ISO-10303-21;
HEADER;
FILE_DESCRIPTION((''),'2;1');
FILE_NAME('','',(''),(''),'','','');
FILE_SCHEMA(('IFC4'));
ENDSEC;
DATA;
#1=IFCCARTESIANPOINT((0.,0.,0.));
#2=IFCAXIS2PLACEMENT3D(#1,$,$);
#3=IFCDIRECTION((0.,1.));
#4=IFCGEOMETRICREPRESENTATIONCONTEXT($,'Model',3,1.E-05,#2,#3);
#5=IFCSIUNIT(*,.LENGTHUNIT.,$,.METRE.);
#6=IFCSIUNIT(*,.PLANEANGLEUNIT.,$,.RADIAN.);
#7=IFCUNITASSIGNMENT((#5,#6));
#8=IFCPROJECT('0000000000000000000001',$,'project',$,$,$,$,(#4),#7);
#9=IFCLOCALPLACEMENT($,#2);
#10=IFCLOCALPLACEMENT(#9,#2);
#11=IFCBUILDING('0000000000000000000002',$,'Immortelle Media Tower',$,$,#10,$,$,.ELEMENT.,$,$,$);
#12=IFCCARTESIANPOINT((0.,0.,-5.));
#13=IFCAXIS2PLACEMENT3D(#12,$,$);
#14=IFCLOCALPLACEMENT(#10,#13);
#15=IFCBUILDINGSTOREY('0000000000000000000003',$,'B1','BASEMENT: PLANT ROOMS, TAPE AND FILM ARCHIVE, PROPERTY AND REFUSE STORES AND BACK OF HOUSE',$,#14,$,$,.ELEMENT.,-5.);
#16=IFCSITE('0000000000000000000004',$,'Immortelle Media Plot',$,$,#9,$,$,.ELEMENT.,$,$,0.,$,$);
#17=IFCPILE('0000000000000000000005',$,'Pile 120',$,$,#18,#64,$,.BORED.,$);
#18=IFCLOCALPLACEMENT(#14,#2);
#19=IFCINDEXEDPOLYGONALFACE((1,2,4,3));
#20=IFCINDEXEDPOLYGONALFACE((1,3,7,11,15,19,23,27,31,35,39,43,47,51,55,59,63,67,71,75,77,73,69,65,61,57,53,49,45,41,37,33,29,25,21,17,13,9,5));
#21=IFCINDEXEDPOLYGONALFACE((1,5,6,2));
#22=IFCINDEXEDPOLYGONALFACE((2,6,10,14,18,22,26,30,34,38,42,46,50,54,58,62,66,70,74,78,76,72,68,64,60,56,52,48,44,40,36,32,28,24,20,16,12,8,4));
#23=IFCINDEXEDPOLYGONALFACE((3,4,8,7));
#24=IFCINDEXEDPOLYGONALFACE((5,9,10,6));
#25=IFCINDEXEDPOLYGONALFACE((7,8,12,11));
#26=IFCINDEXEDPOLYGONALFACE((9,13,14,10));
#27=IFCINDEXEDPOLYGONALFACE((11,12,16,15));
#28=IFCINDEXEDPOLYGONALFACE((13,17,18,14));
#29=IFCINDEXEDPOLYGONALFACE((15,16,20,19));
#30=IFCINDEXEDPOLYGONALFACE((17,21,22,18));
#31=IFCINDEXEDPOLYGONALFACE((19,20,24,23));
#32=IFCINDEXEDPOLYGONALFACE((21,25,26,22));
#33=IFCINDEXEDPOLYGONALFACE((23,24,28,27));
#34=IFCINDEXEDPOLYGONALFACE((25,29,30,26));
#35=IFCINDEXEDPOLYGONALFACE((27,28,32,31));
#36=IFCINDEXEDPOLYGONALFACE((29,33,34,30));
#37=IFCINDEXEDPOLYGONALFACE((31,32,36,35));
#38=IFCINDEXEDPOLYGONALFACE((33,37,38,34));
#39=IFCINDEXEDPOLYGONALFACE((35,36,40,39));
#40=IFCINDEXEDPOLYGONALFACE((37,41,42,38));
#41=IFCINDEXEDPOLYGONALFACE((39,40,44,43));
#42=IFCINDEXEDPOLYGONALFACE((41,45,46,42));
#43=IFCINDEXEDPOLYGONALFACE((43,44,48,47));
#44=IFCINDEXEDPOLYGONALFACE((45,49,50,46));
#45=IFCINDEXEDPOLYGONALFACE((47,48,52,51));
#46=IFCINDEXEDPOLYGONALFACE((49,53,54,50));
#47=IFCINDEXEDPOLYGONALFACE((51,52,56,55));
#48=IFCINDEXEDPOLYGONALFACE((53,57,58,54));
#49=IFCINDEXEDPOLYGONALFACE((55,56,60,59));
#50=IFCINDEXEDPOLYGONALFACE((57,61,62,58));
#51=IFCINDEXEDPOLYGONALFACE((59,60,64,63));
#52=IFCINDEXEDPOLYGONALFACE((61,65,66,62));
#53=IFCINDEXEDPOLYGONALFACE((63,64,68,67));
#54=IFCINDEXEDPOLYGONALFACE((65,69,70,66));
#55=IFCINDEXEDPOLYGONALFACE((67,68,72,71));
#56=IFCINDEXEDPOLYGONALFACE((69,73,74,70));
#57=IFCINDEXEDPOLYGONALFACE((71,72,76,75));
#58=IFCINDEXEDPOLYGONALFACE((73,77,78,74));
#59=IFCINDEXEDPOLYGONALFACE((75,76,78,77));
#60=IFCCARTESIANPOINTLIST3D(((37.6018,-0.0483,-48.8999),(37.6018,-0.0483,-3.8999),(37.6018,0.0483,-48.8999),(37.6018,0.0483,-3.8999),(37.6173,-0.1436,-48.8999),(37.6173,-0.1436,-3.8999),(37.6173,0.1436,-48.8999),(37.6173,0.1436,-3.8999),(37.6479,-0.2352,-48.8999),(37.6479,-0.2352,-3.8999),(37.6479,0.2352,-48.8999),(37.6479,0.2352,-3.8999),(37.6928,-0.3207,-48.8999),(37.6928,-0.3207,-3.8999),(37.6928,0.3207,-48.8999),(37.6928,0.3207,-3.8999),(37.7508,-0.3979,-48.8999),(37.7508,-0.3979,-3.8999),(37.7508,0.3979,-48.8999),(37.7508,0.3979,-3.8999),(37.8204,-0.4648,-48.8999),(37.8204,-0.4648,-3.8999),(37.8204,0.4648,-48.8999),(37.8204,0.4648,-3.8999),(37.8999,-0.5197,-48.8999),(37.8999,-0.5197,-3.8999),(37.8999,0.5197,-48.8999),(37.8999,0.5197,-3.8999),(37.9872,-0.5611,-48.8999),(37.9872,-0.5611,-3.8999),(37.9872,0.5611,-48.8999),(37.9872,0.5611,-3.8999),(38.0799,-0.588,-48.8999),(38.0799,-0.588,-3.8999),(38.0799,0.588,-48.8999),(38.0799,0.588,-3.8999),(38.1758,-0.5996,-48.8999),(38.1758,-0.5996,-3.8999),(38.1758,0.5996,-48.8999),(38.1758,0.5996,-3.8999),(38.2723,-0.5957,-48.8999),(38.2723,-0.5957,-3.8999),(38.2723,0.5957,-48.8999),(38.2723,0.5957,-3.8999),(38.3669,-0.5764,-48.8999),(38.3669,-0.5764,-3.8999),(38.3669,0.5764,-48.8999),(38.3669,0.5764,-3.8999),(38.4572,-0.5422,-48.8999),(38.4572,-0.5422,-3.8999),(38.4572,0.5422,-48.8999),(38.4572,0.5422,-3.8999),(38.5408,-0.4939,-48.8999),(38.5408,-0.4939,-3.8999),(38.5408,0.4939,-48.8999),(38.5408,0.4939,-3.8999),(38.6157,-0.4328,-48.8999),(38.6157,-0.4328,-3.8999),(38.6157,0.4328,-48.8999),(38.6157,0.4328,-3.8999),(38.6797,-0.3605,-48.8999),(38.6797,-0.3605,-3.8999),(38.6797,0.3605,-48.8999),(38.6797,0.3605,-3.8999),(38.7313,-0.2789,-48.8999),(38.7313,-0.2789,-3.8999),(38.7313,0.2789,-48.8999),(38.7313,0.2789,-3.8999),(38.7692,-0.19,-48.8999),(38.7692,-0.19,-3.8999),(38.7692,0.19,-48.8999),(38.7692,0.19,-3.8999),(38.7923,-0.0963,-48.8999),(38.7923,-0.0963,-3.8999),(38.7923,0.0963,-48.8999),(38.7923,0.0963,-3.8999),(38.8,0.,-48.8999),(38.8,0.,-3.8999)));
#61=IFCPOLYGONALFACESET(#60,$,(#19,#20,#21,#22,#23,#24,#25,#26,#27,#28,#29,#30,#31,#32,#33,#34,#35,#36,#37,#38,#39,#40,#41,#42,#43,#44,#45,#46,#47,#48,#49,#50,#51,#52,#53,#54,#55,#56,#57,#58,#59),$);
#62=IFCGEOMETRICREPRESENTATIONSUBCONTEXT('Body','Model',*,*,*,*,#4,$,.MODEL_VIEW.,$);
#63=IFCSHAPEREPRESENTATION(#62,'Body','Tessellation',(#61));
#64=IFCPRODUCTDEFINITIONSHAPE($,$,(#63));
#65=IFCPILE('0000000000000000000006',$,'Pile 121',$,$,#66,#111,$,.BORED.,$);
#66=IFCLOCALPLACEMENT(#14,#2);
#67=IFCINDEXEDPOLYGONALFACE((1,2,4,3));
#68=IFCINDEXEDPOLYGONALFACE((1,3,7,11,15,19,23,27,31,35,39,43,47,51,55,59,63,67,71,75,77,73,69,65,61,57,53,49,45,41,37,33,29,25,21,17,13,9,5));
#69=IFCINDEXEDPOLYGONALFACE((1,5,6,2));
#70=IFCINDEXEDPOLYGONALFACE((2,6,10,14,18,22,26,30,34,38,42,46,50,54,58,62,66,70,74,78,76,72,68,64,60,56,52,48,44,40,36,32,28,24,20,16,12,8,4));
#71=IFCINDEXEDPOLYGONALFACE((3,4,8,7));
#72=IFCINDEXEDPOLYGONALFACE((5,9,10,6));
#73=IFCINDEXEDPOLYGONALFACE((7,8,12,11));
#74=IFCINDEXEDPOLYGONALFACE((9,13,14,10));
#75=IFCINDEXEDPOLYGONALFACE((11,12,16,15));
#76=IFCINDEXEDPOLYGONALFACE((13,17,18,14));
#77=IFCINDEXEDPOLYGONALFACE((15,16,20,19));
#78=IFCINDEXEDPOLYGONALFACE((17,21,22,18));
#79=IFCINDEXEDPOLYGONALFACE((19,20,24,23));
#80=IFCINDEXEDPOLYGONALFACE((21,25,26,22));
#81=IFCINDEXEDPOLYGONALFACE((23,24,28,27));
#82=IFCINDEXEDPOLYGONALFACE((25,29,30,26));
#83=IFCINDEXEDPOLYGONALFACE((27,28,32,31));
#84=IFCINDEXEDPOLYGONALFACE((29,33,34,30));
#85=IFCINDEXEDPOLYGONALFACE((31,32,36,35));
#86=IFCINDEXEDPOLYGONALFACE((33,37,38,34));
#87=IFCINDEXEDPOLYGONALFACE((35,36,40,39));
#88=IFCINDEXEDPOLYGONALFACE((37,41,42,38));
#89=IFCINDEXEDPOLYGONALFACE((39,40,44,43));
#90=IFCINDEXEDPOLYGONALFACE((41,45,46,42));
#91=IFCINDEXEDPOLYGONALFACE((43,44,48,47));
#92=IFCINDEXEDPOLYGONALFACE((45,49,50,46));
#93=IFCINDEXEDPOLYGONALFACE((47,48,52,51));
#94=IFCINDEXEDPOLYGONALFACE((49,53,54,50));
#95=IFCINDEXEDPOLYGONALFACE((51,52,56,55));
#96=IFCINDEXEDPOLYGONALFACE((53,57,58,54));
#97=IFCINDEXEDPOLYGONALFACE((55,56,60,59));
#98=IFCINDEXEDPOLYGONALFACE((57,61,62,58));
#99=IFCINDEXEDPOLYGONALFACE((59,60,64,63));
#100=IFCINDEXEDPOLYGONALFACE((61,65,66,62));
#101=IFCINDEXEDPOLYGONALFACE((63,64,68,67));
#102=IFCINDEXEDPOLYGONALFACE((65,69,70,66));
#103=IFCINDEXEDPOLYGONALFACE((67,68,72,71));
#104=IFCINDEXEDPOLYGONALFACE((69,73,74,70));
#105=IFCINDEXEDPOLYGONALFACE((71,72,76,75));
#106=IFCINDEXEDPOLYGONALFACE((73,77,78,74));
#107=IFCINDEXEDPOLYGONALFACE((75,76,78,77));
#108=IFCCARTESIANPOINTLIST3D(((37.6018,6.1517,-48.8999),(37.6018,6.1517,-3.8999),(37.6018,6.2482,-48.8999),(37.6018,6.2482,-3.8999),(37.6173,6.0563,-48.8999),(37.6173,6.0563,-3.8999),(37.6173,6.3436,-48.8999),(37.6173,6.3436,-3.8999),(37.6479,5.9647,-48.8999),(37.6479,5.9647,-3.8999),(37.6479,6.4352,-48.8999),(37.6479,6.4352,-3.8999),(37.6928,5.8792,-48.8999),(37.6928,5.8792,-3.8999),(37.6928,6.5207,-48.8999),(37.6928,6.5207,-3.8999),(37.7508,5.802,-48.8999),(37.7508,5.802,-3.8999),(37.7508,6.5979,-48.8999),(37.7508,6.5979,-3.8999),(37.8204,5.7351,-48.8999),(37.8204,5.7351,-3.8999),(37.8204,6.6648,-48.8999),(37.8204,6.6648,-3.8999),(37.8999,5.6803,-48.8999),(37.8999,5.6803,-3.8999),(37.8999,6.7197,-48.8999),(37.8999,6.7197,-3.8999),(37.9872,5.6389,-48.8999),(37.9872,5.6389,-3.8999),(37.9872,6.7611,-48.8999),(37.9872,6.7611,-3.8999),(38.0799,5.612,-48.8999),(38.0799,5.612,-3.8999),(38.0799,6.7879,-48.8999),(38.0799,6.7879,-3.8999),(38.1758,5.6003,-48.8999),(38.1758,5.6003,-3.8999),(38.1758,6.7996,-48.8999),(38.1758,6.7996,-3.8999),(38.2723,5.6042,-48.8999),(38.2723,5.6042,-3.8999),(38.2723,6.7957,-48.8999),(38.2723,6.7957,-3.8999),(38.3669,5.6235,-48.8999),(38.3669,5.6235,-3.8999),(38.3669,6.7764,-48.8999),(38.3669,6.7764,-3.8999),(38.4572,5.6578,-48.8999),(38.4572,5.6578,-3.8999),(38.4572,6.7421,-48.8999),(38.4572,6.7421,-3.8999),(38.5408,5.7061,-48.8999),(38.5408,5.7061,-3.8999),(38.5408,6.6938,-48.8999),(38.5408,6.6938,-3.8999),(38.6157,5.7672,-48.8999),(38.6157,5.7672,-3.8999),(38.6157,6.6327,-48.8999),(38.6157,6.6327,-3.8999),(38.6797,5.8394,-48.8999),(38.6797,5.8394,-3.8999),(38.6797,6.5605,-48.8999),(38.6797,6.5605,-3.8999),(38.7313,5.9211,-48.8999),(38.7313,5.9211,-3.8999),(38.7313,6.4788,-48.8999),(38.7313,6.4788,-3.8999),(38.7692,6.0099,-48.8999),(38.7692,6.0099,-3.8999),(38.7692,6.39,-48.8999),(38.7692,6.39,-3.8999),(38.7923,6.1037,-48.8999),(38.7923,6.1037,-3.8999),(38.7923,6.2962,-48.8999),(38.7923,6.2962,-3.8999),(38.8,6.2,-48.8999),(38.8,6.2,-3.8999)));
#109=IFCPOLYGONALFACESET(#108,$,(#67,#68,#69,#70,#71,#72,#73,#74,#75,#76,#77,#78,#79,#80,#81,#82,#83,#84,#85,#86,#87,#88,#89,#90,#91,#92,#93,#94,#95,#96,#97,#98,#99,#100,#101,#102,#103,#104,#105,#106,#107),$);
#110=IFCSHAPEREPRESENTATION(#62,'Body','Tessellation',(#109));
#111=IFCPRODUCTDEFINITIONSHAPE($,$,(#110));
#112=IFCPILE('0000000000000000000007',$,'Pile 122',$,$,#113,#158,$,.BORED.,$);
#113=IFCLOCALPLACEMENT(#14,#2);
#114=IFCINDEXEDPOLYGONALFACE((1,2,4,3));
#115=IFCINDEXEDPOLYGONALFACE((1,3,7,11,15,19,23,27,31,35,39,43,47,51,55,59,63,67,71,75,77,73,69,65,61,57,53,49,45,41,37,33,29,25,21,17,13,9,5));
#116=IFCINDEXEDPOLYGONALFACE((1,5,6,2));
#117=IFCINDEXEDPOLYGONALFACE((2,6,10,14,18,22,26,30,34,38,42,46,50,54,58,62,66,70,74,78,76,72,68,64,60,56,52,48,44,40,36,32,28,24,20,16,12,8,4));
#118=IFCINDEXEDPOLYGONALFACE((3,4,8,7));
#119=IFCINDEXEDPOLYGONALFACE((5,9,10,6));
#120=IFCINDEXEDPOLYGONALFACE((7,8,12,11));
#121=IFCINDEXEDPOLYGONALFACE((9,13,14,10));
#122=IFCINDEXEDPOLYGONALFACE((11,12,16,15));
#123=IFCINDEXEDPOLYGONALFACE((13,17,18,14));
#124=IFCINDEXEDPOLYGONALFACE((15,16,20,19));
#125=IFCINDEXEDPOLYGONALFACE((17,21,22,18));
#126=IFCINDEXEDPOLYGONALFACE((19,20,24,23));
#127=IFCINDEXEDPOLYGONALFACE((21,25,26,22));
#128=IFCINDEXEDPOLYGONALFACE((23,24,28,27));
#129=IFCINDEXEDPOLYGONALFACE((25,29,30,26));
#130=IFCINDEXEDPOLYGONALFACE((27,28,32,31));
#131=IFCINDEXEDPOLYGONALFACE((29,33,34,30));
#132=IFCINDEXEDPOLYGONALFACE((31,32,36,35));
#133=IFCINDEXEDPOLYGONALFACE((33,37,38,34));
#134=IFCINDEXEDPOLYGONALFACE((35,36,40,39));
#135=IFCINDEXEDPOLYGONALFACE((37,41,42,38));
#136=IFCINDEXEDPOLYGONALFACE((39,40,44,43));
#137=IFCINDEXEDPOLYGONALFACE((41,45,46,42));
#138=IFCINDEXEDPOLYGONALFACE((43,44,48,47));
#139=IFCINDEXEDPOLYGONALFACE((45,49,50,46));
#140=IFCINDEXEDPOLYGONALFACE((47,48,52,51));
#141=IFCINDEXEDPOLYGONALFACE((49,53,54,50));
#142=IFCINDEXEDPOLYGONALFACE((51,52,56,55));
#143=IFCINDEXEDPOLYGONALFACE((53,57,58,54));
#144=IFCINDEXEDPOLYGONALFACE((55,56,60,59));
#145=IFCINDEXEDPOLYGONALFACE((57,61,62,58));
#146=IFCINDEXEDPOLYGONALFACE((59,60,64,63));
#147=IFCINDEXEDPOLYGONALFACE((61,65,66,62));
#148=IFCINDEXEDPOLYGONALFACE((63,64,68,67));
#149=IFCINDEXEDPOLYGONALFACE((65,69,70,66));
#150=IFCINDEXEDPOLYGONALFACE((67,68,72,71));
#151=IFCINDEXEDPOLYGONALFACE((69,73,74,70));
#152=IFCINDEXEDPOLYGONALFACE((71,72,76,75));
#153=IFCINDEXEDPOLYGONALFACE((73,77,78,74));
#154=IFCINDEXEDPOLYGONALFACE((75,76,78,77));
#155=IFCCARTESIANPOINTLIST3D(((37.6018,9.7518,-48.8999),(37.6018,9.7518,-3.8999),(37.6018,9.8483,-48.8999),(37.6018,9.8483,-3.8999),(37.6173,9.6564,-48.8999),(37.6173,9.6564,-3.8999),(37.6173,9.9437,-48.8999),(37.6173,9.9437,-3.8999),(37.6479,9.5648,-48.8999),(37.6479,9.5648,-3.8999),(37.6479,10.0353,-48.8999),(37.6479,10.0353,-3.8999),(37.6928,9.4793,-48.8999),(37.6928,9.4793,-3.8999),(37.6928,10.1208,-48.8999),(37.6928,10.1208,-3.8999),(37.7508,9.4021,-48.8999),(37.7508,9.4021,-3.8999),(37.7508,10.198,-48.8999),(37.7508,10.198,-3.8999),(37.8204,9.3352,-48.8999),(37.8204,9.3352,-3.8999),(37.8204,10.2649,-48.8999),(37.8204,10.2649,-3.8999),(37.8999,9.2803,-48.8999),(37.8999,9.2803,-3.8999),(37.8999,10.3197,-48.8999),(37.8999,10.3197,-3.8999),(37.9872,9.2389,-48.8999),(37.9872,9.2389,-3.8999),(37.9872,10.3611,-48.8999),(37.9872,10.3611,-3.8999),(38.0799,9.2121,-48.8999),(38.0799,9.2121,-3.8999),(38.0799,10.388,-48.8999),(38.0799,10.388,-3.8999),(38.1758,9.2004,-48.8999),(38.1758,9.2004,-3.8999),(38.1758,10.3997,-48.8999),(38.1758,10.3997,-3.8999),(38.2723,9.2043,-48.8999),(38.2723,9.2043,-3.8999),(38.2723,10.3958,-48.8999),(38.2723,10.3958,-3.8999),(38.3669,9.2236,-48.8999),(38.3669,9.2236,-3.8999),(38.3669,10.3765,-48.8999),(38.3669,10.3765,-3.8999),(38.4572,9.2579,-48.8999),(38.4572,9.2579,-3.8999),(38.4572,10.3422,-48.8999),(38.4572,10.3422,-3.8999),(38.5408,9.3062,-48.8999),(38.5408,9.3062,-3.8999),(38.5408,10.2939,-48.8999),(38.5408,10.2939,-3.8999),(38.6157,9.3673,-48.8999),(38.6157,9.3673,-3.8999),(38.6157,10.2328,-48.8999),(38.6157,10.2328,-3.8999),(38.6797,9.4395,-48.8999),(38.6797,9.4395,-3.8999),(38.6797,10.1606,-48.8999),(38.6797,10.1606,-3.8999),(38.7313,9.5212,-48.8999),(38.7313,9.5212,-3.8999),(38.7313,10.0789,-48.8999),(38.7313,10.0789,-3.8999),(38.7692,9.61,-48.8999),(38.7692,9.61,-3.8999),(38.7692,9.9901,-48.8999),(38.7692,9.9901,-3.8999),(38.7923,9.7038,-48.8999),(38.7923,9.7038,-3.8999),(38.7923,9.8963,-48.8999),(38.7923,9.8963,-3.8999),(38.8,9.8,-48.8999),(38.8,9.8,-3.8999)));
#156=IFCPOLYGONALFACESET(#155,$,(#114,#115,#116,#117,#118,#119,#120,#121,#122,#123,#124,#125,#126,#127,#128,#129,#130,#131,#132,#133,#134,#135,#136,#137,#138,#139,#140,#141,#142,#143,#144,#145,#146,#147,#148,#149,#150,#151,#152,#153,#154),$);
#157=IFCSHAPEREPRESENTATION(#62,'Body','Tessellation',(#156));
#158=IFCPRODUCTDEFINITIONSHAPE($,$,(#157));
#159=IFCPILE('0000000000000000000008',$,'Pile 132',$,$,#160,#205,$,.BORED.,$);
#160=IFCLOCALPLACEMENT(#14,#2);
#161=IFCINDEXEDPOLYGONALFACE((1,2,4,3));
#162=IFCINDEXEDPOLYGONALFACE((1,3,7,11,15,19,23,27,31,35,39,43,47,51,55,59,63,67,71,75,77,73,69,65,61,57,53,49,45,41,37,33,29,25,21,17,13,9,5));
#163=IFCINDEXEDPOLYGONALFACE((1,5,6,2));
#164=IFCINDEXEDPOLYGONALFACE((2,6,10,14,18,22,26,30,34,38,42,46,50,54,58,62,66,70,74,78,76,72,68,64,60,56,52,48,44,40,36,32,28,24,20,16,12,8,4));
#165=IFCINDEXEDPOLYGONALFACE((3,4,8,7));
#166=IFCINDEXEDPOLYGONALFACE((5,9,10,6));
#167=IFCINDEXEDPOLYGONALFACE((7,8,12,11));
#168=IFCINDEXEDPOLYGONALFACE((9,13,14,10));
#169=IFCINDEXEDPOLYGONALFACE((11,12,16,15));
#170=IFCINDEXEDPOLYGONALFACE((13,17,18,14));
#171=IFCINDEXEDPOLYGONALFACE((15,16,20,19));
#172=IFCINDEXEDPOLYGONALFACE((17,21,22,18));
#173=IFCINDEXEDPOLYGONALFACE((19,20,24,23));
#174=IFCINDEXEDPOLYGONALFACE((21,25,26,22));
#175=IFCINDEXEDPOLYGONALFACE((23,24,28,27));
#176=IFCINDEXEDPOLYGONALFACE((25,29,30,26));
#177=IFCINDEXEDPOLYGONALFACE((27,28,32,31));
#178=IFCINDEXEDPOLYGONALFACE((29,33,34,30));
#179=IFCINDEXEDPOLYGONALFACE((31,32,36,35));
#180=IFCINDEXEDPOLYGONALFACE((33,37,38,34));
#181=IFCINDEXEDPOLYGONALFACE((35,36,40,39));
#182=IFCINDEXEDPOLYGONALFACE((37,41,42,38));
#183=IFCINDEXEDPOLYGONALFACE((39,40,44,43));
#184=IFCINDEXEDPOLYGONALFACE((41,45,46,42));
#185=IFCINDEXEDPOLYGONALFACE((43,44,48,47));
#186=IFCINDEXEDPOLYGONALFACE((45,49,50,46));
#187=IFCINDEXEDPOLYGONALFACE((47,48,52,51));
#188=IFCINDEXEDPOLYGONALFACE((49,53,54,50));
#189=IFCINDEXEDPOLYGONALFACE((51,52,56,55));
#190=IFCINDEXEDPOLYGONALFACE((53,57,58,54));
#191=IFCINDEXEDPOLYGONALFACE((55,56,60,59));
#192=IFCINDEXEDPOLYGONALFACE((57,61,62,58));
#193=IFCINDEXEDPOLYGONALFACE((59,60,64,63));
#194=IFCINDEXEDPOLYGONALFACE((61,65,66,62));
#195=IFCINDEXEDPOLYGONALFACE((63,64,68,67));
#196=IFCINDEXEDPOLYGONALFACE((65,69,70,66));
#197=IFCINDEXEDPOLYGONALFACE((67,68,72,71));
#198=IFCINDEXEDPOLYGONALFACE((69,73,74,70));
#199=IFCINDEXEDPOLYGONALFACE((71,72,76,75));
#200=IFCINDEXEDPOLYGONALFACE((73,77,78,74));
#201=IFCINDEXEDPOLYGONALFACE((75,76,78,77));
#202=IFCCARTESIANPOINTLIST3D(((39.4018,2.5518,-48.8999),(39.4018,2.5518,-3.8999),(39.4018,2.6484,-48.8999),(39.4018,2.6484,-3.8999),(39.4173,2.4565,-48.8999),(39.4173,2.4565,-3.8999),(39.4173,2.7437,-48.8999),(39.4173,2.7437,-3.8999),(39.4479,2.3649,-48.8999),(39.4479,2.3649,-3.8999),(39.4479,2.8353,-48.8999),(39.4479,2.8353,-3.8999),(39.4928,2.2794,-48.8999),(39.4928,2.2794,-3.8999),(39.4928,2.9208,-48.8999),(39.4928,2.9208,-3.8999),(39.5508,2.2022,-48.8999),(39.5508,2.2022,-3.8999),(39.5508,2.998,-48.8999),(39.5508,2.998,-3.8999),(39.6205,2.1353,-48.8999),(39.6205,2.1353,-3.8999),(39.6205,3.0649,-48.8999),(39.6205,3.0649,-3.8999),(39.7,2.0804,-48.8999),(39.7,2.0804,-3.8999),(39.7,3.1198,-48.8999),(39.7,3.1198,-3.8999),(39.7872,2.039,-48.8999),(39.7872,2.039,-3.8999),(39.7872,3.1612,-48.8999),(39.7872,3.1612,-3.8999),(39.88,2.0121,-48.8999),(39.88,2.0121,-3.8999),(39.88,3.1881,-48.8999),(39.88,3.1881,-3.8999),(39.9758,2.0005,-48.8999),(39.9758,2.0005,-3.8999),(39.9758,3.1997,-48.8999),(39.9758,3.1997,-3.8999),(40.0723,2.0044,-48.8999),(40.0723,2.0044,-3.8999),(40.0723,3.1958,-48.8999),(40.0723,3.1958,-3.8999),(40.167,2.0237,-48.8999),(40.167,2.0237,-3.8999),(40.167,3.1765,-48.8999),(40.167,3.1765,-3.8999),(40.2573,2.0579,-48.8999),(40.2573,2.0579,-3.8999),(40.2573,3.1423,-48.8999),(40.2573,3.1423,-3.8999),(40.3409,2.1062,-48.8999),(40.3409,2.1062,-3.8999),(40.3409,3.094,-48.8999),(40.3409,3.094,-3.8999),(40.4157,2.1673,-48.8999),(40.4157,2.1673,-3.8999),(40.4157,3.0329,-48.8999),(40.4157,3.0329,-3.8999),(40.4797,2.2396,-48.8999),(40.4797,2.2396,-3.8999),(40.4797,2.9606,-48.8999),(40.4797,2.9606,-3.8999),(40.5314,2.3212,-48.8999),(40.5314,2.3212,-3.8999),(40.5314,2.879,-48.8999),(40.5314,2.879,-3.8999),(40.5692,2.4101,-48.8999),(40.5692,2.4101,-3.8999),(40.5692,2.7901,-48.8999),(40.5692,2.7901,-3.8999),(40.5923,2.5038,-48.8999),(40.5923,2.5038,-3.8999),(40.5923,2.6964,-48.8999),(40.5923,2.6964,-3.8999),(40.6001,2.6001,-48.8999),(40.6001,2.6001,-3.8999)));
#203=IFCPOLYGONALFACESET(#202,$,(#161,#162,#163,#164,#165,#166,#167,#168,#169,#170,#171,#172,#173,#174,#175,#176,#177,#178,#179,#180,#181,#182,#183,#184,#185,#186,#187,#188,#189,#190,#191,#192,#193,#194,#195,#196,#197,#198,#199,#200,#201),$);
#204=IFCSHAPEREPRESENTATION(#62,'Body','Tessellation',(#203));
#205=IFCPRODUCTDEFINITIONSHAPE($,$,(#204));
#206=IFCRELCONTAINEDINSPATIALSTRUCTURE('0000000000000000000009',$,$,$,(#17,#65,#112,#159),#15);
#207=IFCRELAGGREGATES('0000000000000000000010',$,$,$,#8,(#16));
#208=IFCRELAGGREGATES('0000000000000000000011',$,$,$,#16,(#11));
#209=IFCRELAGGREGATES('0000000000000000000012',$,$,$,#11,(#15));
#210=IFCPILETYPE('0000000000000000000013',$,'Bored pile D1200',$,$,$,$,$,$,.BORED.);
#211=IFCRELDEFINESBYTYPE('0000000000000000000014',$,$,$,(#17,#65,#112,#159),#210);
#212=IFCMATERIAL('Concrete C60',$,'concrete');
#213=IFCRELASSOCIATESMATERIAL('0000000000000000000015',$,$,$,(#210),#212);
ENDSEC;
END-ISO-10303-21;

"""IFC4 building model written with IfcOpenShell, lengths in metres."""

from ifc_helpers import new_model, si_unit, direction, frame, origin, origin_2d, place, context, subcontext, project, spatial, circle, extrude, material, material_profile, profile_set, type_object, element, save


model = new_model("IFC4")

# Units and contexts
model_context = context("Model", 3, precision=1e-05, world=origin(), true_north=direction((0.0, 1.0)))
body_context = subcontext(model_context, "Body", "Model", "MODEL_VIEW")
ifc_project = project(units=[si_unit("LENGTHUNIT", "METRE"), si_unit("PLANEANGLEUNIT", "RADIAN")], contexts=[model_context])

# Site, building, storey
site_placement = place(None, origin())
site = spatial("IfcSite", under=ifc_project, at=site_placement, Name="Immortelle Media Plot", CompositionType="ELEMENT", RefElevation=0.0)
building_placement = place(site_placement, origin())
building = spatial("IfcBuilding", under=site, at=building_placement, Name="Immortelle Media Tower", CompositionType="ELEMENT")
storey_placement = place(building_placement, frame((0.0, 0.0, -5.0)))
storey = spatial("IfcBuildingStorey", under=building, at=storey_placement, Name="B1", Description="BASEMENT: PLANT ROOMS, TAPE AND FILM ARCHIVE, PROPERTY AND REFUSE STORES AND BACK OF HOUSE", CompositionType="ELEMENT", Elevation=-5.0)

# Piles
ifc_material_1 = material(Name="Concrete C60", Category="concrete")
ifc_material_profile_1 = material_profile(ifc_material_1, circle(Radius=0.6001, at=origin_2d()), Name="Bored pile D1200")
ifc_profile_set_1 = profile_set([ifc_material_profile_1], Name="Concrete C60")
pile_type = type_object("IfcPileType", Name="Bored pile D1200", PredefinedType="BORED", material=ifc_profile_set_1)
for number, where, z_axis, x_axis, name in (
    (1, (38.2, 0.0, -3.8999), (0.0, 0.0, -1.0), (1.0, 0.0, 0.0), "Pile 120"),
    (2, (38.2, 6.2, -3.8999), (0.0, 0.0, -1.0), (1.0, 0.0, 0.0), "Pile 121"),
    (3, (38.2, 9.8, -3.8999), (0.0, 0.0, -1.0), (1.0, 0.0, 0.0), "Pile 122"),
    (4, (40.0, 2.6001, -3.8999), (0.0, 0.0, -1.0), (1.0, 0.0, 0.0), "Pile 132"),
):
    element("IfcPile", number, at=place(storey_placement, frame(where, z_axis=z_axis, x_axis=x_axis)), inside=storey, type_object=pile_type, Name=name, PredefinedType="BORED", context=body_context, shape_type="SweptSolid", body=[
        extrude(circle(Radius=0.6001, at=origin_2d()), origin(), (0.0, 0.0, 1.0), 45.0),
    ])

save(model, "model.ifc")
